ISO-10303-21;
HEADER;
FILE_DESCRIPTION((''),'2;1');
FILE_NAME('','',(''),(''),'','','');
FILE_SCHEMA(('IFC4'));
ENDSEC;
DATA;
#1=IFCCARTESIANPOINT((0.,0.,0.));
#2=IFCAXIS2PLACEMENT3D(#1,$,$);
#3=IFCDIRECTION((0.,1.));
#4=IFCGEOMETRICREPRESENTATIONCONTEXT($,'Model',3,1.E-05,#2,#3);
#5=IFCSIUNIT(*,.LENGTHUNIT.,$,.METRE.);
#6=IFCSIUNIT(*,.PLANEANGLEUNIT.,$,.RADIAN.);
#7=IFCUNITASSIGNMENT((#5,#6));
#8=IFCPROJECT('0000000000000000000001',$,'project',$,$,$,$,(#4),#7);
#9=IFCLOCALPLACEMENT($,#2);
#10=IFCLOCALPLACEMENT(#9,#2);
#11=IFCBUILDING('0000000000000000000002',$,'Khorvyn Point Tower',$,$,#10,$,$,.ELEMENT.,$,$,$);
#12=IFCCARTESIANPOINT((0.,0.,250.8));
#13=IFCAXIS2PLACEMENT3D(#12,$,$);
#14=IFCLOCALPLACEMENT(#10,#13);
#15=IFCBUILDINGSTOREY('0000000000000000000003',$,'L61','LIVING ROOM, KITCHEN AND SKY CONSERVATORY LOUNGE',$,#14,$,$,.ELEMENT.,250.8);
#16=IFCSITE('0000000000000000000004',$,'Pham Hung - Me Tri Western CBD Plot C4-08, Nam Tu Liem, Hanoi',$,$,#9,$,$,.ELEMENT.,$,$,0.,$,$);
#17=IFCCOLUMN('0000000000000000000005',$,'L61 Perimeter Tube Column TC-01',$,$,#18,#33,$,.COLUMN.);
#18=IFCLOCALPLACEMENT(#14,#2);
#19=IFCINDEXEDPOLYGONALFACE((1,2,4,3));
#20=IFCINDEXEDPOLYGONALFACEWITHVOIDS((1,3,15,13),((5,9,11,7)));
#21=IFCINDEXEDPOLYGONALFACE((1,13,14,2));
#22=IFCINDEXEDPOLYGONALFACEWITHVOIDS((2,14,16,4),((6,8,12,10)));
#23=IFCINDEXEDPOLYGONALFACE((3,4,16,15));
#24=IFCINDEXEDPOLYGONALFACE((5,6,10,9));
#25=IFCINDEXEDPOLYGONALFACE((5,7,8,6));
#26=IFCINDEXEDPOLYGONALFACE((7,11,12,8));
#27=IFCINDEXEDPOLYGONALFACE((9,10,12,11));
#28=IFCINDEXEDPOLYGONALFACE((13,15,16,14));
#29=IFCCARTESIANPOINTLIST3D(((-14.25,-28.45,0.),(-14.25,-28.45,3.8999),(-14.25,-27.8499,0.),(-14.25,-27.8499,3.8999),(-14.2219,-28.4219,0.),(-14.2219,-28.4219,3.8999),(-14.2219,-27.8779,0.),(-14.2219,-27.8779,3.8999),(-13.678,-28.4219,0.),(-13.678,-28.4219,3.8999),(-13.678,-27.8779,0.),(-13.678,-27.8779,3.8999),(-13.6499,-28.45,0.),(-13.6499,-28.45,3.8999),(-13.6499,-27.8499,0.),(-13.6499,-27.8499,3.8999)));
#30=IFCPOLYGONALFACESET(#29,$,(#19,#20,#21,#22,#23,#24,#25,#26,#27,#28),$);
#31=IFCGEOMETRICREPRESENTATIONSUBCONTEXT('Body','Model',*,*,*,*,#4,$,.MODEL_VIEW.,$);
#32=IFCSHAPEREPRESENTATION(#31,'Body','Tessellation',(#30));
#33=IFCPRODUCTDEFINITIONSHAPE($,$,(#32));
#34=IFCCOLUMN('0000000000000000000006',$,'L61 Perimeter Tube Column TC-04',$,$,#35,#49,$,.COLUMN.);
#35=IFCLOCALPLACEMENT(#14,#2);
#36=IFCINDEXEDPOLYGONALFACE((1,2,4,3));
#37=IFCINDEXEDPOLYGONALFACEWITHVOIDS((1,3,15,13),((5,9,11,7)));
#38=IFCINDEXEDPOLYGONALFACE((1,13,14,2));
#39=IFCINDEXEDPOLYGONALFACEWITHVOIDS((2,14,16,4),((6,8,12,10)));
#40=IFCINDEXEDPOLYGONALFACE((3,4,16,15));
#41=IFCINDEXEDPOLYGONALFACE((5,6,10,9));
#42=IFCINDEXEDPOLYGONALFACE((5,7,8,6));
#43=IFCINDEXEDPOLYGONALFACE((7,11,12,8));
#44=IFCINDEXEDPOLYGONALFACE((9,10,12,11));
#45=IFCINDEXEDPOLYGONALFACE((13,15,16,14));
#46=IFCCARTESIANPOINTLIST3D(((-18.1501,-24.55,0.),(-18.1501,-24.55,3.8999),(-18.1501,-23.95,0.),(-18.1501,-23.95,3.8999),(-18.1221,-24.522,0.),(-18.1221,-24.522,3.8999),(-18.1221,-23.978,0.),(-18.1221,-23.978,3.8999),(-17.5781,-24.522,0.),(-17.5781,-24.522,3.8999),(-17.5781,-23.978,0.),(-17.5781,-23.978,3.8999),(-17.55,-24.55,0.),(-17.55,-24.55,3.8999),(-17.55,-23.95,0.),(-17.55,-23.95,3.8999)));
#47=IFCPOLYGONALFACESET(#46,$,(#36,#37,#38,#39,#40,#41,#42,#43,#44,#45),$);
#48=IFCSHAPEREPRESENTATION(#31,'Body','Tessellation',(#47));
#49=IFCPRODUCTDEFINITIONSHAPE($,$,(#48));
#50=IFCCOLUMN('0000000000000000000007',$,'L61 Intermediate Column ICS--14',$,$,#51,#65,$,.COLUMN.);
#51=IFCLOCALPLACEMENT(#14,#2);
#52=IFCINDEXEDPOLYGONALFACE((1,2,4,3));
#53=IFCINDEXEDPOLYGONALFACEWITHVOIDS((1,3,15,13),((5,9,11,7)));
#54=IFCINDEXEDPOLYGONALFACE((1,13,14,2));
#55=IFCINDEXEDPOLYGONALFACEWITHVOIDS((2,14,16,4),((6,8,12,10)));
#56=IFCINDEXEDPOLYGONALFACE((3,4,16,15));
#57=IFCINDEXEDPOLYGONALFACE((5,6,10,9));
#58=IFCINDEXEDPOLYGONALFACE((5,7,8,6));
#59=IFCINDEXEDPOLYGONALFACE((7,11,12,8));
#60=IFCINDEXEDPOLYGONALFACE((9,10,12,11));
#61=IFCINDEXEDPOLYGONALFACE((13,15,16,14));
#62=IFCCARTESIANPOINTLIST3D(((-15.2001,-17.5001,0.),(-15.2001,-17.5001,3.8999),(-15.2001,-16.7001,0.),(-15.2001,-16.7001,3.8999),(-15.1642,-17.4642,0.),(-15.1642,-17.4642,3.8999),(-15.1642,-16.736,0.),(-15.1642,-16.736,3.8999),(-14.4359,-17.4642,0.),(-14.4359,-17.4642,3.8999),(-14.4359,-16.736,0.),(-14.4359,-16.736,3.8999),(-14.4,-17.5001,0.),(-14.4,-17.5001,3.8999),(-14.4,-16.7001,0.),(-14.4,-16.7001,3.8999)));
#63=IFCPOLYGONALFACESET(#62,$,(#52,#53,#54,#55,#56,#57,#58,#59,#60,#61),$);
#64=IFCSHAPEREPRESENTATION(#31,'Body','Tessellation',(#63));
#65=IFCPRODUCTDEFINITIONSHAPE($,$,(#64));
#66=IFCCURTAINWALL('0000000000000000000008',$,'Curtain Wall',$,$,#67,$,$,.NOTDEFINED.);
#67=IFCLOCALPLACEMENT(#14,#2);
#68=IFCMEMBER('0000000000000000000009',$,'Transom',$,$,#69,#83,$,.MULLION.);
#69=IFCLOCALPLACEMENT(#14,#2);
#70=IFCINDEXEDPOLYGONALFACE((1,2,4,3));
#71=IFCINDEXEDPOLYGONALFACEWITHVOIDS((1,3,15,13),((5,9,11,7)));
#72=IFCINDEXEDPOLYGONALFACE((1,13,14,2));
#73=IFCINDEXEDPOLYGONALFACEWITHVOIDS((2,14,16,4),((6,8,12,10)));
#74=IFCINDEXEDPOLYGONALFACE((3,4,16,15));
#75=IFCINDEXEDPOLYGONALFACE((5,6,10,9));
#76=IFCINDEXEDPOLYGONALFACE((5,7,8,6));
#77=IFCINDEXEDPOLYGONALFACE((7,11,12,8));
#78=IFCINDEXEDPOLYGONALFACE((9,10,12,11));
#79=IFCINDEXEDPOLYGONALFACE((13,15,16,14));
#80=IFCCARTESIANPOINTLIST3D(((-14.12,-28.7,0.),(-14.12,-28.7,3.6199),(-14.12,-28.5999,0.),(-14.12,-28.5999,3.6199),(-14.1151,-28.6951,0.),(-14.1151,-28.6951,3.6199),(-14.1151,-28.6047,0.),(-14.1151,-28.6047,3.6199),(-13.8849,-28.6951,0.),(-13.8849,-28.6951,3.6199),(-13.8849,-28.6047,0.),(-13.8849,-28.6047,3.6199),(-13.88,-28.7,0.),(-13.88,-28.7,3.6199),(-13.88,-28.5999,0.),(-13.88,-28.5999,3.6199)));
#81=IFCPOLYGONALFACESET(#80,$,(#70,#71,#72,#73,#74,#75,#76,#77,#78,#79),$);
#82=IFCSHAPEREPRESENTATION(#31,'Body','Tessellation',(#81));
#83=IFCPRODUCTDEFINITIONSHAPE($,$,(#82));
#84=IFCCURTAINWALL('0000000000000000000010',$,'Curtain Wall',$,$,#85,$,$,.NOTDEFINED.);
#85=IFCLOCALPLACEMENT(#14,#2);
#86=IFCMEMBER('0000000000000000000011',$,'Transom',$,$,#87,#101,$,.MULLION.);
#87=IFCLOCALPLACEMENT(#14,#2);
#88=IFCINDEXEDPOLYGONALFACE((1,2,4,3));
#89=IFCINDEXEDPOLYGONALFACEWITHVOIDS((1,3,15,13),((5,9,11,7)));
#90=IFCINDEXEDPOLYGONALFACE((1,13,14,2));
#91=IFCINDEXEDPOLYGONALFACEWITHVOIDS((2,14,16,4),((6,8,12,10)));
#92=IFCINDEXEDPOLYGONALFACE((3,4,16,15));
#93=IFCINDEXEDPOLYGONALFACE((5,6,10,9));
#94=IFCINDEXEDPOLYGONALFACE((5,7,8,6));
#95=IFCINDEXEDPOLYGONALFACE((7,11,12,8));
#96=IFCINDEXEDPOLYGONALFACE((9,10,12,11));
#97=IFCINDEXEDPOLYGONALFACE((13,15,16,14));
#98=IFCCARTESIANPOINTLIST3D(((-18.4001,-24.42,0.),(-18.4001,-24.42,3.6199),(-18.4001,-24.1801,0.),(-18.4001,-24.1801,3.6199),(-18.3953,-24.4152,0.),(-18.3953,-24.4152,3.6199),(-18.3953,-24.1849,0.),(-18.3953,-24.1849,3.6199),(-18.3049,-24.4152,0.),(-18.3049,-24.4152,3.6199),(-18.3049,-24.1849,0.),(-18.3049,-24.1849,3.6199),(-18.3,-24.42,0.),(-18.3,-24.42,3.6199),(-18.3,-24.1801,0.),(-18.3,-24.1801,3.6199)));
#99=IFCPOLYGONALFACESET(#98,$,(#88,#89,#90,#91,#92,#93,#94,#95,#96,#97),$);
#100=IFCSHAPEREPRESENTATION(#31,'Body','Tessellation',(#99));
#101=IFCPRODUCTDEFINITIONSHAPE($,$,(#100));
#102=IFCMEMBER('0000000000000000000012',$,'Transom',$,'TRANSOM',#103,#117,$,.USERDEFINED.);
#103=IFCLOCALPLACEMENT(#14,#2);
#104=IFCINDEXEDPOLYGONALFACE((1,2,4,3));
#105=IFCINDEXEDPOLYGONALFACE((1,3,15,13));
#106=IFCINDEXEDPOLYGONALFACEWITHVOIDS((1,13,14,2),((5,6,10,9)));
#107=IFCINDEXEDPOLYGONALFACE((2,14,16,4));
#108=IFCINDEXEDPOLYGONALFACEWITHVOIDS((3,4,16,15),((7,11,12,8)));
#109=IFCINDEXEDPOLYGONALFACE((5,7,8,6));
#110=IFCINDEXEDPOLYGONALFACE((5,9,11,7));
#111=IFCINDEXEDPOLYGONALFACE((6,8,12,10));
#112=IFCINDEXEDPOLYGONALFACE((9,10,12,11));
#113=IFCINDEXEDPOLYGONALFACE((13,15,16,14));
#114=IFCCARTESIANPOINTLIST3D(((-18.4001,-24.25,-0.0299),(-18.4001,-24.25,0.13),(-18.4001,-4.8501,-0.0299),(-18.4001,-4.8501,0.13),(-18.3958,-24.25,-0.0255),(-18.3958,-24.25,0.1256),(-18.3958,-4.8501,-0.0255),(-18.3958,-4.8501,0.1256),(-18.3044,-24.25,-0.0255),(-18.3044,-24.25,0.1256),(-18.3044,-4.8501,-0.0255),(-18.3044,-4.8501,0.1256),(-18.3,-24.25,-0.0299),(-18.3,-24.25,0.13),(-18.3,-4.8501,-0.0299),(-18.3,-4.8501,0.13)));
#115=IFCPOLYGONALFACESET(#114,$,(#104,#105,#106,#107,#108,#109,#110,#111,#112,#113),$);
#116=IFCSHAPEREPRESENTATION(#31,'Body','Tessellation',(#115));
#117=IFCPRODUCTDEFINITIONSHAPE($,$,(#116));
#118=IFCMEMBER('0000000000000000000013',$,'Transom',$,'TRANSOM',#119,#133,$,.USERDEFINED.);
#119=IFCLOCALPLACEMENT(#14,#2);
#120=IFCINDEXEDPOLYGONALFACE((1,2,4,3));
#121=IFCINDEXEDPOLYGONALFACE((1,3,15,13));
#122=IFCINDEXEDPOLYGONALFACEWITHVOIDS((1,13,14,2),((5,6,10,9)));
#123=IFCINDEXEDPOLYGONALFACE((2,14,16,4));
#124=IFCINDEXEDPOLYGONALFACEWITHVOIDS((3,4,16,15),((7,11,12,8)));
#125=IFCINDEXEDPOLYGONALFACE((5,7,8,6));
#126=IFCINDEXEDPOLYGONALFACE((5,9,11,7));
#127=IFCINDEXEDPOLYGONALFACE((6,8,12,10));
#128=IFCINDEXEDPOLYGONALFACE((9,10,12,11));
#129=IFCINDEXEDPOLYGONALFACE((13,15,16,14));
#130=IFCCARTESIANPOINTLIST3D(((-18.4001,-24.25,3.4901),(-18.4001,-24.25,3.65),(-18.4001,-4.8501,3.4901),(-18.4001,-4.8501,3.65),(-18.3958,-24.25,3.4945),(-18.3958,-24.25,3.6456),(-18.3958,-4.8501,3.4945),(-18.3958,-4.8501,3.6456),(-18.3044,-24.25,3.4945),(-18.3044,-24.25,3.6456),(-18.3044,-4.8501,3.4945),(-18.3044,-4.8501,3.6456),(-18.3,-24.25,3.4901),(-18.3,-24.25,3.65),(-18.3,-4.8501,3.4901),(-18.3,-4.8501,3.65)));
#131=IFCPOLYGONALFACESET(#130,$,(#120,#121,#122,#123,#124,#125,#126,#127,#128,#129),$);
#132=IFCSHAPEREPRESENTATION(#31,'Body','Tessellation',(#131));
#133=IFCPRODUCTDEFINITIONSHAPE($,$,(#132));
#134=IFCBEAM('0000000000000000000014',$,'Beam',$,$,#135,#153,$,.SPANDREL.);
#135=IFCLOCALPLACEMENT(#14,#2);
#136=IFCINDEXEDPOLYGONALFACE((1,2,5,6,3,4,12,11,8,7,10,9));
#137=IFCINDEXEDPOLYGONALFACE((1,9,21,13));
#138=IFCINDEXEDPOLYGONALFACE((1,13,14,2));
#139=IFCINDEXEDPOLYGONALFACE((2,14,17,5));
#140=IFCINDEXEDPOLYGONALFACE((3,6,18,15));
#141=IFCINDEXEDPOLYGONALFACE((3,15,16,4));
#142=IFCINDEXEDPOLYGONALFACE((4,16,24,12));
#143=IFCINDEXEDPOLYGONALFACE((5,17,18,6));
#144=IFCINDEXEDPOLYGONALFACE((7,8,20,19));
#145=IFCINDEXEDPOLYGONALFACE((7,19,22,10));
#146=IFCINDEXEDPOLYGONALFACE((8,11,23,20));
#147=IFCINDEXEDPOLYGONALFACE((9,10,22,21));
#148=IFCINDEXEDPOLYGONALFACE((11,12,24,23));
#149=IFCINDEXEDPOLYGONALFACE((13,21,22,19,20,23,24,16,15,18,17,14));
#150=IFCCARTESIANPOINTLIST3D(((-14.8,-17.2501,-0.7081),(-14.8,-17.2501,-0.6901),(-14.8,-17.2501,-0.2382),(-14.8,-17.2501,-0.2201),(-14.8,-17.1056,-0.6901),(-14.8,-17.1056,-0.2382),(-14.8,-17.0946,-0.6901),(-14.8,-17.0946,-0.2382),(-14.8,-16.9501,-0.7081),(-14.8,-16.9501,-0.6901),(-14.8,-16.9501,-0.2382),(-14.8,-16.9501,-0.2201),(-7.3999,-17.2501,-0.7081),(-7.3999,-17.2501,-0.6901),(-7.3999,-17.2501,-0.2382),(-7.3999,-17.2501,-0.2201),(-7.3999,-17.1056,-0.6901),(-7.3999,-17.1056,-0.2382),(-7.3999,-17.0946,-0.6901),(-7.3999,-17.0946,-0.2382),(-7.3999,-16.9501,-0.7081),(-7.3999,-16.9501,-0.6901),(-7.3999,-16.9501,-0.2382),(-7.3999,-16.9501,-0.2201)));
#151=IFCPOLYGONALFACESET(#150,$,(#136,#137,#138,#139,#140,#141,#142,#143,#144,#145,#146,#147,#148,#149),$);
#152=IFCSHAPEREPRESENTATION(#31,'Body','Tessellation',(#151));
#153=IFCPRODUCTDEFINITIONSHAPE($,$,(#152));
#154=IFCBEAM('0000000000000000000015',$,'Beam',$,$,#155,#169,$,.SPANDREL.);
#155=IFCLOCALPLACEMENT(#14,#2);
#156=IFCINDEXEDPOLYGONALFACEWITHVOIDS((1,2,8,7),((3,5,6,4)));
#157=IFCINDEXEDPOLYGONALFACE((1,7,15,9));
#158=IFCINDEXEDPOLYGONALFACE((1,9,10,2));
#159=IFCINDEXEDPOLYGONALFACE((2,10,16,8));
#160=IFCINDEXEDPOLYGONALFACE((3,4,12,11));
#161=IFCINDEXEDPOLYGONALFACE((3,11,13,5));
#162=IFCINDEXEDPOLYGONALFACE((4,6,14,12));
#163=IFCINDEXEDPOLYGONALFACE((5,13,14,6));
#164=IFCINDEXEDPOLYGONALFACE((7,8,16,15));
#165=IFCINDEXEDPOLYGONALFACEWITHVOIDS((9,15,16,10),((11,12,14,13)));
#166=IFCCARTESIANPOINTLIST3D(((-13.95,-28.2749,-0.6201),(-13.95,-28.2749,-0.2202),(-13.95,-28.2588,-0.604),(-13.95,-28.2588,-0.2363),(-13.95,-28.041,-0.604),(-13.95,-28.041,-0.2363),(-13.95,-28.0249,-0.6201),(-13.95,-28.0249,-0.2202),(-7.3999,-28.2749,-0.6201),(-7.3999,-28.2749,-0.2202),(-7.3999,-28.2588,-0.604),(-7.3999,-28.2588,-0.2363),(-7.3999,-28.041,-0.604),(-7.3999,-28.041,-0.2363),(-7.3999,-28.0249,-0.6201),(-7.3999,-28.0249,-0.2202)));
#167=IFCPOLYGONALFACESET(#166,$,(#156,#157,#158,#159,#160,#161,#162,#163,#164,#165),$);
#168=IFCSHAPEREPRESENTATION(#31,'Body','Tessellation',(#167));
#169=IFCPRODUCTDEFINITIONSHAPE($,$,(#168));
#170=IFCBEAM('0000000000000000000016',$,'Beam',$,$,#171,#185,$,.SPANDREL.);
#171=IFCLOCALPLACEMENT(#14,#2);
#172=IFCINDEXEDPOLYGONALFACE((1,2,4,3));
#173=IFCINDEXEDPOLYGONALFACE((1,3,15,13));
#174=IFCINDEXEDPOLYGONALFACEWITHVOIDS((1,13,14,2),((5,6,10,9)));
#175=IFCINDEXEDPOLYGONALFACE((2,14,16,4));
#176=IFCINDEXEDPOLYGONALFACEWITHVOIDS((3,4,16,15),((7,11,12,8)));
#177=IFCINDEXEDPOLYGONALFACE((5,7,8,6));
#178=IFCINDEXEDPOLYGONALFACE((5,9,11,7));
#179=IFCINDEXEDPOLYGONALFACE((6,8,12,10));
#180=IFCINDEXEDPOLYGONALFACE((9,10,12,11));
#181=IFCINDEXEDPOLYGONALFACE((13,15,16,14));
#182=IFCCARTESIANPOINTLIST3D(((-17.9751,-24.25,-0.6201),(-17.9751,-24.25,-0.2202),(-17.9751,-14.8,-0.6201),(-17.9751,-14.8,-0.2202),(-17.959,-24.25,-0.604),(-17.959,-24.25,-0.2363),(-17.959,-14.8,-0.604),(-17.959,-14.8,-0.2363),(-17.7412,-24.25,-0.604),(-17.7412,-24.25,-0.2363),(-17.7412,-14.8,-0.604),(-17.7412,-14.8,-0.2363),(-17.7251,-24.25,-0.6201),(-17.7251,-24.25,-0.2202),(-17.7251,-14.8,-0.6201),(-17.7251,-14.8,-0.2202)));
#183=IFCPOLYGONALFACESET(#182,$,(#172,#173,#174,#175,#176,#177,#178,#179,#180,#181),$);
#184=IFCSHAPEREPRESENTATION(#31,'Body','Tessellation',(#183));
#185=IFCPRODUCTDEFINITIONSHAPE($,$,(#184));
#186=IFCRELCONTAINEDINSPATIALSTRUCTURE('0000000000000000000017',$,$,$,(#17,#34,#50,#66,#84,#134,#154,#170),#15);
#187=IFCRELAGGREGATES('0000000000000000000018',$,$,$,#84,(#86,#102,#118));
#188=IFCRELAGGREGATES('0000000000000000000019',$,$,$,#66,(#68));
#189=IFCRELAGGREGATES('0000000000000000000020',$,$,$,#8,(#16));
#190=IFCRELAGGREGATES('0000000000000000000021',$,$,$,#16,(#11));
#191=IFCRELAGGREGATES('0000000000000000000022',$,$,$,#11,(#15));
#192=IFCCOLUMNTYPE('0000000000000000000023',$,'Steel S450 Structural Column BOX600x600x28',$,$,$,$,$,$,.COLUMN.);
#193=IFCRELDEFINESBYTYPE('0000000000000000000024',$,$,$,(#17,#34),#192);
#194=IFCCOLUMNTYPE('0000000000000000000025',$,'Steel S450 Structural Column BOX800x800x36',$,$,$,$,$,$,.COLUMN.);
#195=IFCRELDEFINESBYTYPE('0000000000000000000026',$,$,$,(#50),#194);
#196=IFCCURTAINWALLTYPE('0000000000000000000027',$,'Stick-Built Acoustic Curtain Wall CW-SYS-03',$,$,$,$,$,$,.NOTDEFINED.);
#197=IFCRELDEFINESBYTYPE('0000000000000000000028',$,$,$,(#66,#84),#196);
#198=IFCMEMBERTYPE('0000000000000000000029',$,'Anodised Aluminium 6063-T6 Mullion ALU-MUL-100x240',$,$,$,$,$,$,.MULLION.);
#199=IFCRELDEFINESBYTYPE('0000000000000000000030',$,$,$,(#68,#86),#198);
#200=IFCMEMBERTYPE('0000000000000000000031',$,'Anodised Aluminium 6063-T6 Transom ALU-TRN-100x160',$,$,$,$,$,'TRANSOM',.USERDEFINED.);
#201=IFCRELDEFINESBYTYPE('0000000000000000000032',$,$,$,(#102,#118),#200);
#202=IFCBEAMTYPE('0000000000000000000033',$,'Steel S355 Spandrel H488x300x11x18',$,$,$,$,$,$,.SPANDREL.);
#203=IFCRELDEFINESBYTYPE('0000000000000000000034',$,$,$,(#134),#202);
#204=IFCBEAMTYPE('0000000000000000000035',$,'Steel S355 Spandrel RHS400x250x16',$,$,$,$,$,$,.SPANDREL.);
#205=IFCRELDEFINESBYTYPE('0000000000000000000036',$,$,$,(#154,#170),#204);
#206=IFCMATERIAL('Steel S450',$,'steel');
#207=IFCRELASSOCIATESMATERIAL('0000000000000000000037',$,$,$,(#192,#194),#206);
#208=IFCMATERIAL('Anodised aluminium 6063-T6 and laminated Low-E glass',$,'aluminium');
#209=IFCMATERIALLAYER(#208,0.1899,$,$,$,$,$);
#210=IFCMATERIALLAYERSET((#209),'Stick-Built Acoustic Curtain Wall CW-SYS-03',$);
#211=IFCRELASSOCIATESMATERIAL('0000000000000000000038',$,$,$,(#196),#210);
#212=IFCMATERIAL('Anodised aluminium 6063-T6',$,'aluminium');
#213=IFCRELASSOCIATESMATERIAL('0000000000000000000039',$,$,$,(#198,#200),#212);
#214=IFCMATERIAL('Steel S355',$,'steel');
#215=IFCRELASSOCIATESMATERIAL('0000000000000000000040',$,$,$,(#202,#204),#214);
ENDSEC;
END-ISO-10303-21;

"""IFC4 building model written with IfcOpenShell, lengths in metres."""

from ifc_helpers import new_model, si_unit, direction, frame, origin, origin_2d, place, context, subcontext, project, spatial, hollow_rectangle, i_section, extrude, material, layer, layer_set, material_profile, profile_set, type_object, element, aggregate, save


model = new_model("IFC4")

# Units and contexts
model_context = context("Model", 3, precision=1e-05, world=origin(), true_north=direction((0.0, 1.0)))
body_context = subcontext(model_context, "Body", "Model", "MODEL_VIEW")
ifc_project = project(units=[si_unit("LENGTHUNIT", "METRE"), si_unit("PLANEANGLEUNIT", "RADIAN")], contexts=[model_context])

# Site, building, storey
site_placement = place(None, origin())
site = spatial("IfcSite", under=ifc_project, at=site_placement, Name="Pham Hung - Me Tri Western CBD Plot C4-08, Nam Tu Liem, Hanoi", CompositionType="ELEMENT", RefElevation=0.0)
building_placement = place(site_placement, origin())
building = spatial("IfcBuilding", under=site, at=building_placement, Name="Khorvyn Point Tower", CompositionType="ELEMENT")
storey_placement = place(building_placement, frame((0.0, 0.0, 250.8)))
storey = spatial("IfcBuildingStorey", under=building, at=storey_placement, Name="L61", Description="LIVING ROOM, KITCHEN AND SKY CONSERVATORY LOUNGE", CompositionType="ELEMENT", Elevation=250.8)

# Columns
ifc_material_1 = material(Name="Steel S450", Category="steel")
ifc_material_profile_1 = material_profile(ifc_material_1, hollow_rectangle(XDim=0.6001, YDim=0.6001, WallThickness=0.0281, at=origin_2d()))
ifc_profile_set_1 = profile_set([ifc_material_profile_1], Name="Steel S450 BOX600x600x28")
column_type_1 = type_object("IfcColumnType", Name="Steel S450 Structural Column BOX600x600x28", PredefinedType="COLUMN", material=ifc_profile_set_1)
for number, where, z_axis, x_axis, name in (
    (1, (-13.95, -28.1499, 0.0), (0.0, 0.0, 1.0), (1.0, 0.0, 0.0), "L61 Perimeter Tube Column TC-01"),
    (2, (-17.8501, -24.25, 0.0), (0.0, 0.0, 1.0), (1.0, 0.0, 0.0), "L61 Perimeter Tube Column TC-04"),
):
    element("IfcColumn", number, at=place(storey_placement, frame(where, z_axis=z_axis, x_axis=x_axis)), inside=storey, type_object=column_type_1, Name=name, PredefinedType="COLUMN", context=body_context, shape_type="SweptSolid", body=[
        extrude(hollow_rectangle(XDim=0.6001, YDim=0.6001, WallThickness=0.0281, at=origin_2d()), origin(), (0.0, 0.0, 1.0), 3.8999),
    ])
ifc_material_profile_2 = material_profile(ifc_material_1, hollow_rectangle(XDim=0.8, YDim=0.8, WallThickness=0.0359, at=origin_2d()))
ifc_profile_set_2 = profile_set([ifc_material_profile_2], Name="Steel S450 BOX800x800x36")
column_type_2 = type_object("IfcColumnType", Name="Steel S450 Structural Column BOX800x800x36", PredefinedType="COLUMN", material=ifc_profile_set_2)
column_placement = place(storey_placement, frame((-14.8, -17.1001, 0.0), z_axis=(0.0, 0.0, 1.0), x_axis=(1.0, 0.0, 0.0)))
element("IfcColumn", 3, at=column_placement, inside=storey, type_object=column_type_2, Name="L61 Intermediate Column ICS--14", PredefinedType="COLUMN", context=body_context, shape_type="SweptSolid", body=[
    extrude(hollow_rectangle(XDim=0.8, YDim=0.8, WallThickness=0.0359, at=origin_2d()), origin(), (0.0, 0.0, 1.0), 3.8999),
])

# Curtain wall, member
ifc_material_2 = material(Name="Anodised aluminium 6063-T6 and laminated Low-E glass", Category="aluminium")
ifc_layer_1 = layer(ifc_material_2, 0.1899)
ifc_layer_set_1 = layer_set([ifc_layer_1], Name="Stick-Built Acoustic Curtain Wall CW-SYS-03")
curtain_wall_type = type_object("IfcCurtainWallType", Name="Stick-Built Acoustic Curtain Wall CW-SYS-03", PredefinedType="NOTDEFINED", material=ifc_layer_set_1)
curtain_wall_1_placement = place(storey_placement, origin())
curtain_wall_1 = element("IfcCurtainWall", 4, at=curtain_wall_1_placement, inside=storey, type_object=curtain_wall_type, Name="Curtain Wall", PredefinedType="NOTDEFINED")
ifc_material_3 = material(Name="Anodised aluminium 6063-T6", Category="aluminium")
ifc_material_profile_3 = material_profile(ifc_material_3, hollow_rectangle(XDim=0.1001, YDim=0.24, WallThickness=0.0049, at=origin_2d()))
ifc_profile_set_3 = profile_set([ifc_material_profile_3], Name="Anodised aluminium 6063-T6 ALU-MUL-100x240")
member_type_1 = type_object("IfcMemberType", Name="Anodised Aluminium 6063-T6 Mullion ALU-MUL-100x240", PredefinedType="MULLION", material=ifc_profile_set_3)
member_1_placement = place(storey_placement, frame((-14.0, -28.6499, 0.0), z_axis=(0.0, 0.0, 1.0), x_axis=(0.0, -1.0, 0.0)))
member_1 = element("IfcMember", 5, at=member_1_placement, type_object=member_type_1, Name="Transom", PredefinedType="MULLION", context=body_context, shape_type="SweptSolid", body=[
    extrude(hollow_rectangle(XDim=0.1001, YDim=0.24, WallThickness=0.0049, at=origin_2d()), origin(), (0.0, 0.0, 1.0), 3.6199),
])

# Curtain wall, members
curtain_wall_2_placement = place(storey_placement, origin())
curtain_wall_2 = element("IfcCurtainWall", 6, at=curtain_wall_2_placement, inside=storey, type_object=curtain_wall_type, Name="Curtain Wall", PredefinedType="NOTDEFINED")
member_2_placement = place(storey_placement, frame((-18.3501, -24.3, 0.0), z_axis=(0.0, 0.0, 1.0), x_axis=(-1.0, 0.0, 0.0)))
member_2 = element("IfcMember", 7, at=member_2_placement, type_object=member_type_1, Name="Transom", PredefinedType="MULLION", context=body_context, shape_type="SweptSolid", body=[
    extrude(hollow_rectangle(XDim=0.1001, YDim=0.24, WallThickness=0.0049, at=origin_2d()), origin(), (0.0, 0.0, 1.0), 3.6199),
])
ifc_material_profile_4 = material_profile(ifc_material_3, hollow_rectangle(XDim=0.1001, YDim=0.1599, WallThickness=0.0044, at=origin_2d()))
ifc_profile_set_4 = profile_set([ifc_material_profile_4], Name="Anodised aluminium 6063-T6 ALU-TRN-100x160")
member_type_2 = type_object("IfcMemberType", Name="Anodised Aluminium 6063-T6 Transom ALU-TRN-100x160", ElementType="TRANSOM", PredefinedType="USERDEFINED", material=ifc_profile_set_4)
member_3_placement = place(storey_placement, frame((-18.3501, -24.25, 0.05), z_axis=(0.0, 1.0, 0.0), x_axis=(-1.0, 0.0, 0.0)))
member_3 = element("IfcMember", 8, at=member_3_placement, type_object=member_type_2, Name="Transom", ObjectType="TRANSOM", PredefinedType="USERDEFINED", context=body_context, shape_type="SweptSolid", body=[
    extrude(hollow_rectangle(XDim=0.1001, YDim=0.1599, WallThickness=0.0044, at=origin_2d()), origin(), (0.0, 0.0, 1.0), 19.3999),
])
member_4_placement = place(storey_placement, frame((-18.3501, -24.25, 3.5701), z_axis=(0.0, 1.0, 0.0), x_axis=(-1.0, 0.0, 0.0)))
member_4 = element("IfcMember", 9, at=member_4_placement, type_object=member_type_2, Name="Transom", ObjectType="TRANSOM", PredefinedType="USERDEFINED", context=body_context, shape_type="SweptSolid", body=[
    extrude(hollow_rectangle(XDim=0.1001, YDim=0.1599, WallThickness=0.0044, at=origin_2d()), origin(), (0.0, 0.0, 1.0), 19.3999),
])
aggregate(curtain_wall_2, [member_2, member_3, member_4])

# Beams
ifc_material_4 = material(Name="Steel S355", Category="steel")
ifc_material_profile_5 = material_profile(ifc_material_4, i_section(OverallWidth=0.3, OverallDepth=0.488, WebThickness=0.011, FlangeThickness=0.0181, at=origin_2d()))
ifc_profile_set_5 = profile_set([ifc_material_profile_5], Name="Steel S355 H488x300x11x18")
beam_type_1 = type_object("IfcBeamType", Name="Steel S355 Spandrel H488x300x11x18", PredefinedType="SPANDREL", material=ifc_profile_set_5)
beam_1_placement = place(storey_placement, frame((-14.8, -17.1001, -0.4641), z_axis=(1.0, 0.0, 0.0), x_axis=(0.0, 1.0, 0.0)))
element("IfcBeam", 10, at=beam_1_placement, inside=storey, type_object=beam_type_1, Name="Beam", PredefinedType="SPANDREL", context=body_context, shape_type="SweptSolid", body=[
    extrude(i_section(OverallWidth=0.3, OverallDepth=0.488, WebThickness=0.011, FlangeThickness=0.0181, at=origin_2d()), origin(), (0.0, 0.0, 1.0), 7.4001),
])
ifc_material_profile_6 = material_profile(ifc_material_4, hollow_rectangle(XDim=0.25, YDim=0.3999, WallThickness=0.0161, at=origin_2d()))
ifc_profile_set_6 = profile_set([ifc_material_profile_6], Name="Steel S355 RHS400x250x16")
beam_type_2 = type_object("IfcBeamType", Name="Steel S355 Spandrel RHS400x250x16", PredefinedType="SPANDREL", material=ifc_profile_set_6)
beam_2_placement = place(storey_placement, frame((-13.95, -28.1499, -0.4202), z_axis=(1.0, 0.0, 0.0), x_axis=(0.0, 1.0, 0.0)))
element("IfcBeam", 11, at=beam_2_placement, inside=storey, type_object=beam_type_2, Name="Beam", PredefinedType="SPANDREL", context=body_context, shape_type="SweptSolid", body=[
    extrude(hollow_rectangle(XDim=0.25, YDim=0.3999, WallThickness=0.0161, at=origin_2d()), origin(), (0.0, 0.0, 1.0), 6.55),
])
beam_3_placement = place(storey_placement, frame((-17.8501, -24.25, -0.4202), z_axis=(0.0, 1.0, 0.0), x_axis=(-1.0, 0.0, 0.0)))
element("IfcBeam", 12, at=beam_3_placement, inside=storey, type_object=beam_type_2, Name="Beam", PredefinedType="SPANDREL", context=body_context, shape_type="SweptSolid", body=[
    extrude(hollow_rectangle(XDim=0.25, YDim=0.3999, WallThickness=0.0161, at=origin_2d()), origin(), (0.0, 0.0, 1.0), 9.45),
])

aggregate(curtain_wall_1, [member_1])

save(model, "model.ifc")
